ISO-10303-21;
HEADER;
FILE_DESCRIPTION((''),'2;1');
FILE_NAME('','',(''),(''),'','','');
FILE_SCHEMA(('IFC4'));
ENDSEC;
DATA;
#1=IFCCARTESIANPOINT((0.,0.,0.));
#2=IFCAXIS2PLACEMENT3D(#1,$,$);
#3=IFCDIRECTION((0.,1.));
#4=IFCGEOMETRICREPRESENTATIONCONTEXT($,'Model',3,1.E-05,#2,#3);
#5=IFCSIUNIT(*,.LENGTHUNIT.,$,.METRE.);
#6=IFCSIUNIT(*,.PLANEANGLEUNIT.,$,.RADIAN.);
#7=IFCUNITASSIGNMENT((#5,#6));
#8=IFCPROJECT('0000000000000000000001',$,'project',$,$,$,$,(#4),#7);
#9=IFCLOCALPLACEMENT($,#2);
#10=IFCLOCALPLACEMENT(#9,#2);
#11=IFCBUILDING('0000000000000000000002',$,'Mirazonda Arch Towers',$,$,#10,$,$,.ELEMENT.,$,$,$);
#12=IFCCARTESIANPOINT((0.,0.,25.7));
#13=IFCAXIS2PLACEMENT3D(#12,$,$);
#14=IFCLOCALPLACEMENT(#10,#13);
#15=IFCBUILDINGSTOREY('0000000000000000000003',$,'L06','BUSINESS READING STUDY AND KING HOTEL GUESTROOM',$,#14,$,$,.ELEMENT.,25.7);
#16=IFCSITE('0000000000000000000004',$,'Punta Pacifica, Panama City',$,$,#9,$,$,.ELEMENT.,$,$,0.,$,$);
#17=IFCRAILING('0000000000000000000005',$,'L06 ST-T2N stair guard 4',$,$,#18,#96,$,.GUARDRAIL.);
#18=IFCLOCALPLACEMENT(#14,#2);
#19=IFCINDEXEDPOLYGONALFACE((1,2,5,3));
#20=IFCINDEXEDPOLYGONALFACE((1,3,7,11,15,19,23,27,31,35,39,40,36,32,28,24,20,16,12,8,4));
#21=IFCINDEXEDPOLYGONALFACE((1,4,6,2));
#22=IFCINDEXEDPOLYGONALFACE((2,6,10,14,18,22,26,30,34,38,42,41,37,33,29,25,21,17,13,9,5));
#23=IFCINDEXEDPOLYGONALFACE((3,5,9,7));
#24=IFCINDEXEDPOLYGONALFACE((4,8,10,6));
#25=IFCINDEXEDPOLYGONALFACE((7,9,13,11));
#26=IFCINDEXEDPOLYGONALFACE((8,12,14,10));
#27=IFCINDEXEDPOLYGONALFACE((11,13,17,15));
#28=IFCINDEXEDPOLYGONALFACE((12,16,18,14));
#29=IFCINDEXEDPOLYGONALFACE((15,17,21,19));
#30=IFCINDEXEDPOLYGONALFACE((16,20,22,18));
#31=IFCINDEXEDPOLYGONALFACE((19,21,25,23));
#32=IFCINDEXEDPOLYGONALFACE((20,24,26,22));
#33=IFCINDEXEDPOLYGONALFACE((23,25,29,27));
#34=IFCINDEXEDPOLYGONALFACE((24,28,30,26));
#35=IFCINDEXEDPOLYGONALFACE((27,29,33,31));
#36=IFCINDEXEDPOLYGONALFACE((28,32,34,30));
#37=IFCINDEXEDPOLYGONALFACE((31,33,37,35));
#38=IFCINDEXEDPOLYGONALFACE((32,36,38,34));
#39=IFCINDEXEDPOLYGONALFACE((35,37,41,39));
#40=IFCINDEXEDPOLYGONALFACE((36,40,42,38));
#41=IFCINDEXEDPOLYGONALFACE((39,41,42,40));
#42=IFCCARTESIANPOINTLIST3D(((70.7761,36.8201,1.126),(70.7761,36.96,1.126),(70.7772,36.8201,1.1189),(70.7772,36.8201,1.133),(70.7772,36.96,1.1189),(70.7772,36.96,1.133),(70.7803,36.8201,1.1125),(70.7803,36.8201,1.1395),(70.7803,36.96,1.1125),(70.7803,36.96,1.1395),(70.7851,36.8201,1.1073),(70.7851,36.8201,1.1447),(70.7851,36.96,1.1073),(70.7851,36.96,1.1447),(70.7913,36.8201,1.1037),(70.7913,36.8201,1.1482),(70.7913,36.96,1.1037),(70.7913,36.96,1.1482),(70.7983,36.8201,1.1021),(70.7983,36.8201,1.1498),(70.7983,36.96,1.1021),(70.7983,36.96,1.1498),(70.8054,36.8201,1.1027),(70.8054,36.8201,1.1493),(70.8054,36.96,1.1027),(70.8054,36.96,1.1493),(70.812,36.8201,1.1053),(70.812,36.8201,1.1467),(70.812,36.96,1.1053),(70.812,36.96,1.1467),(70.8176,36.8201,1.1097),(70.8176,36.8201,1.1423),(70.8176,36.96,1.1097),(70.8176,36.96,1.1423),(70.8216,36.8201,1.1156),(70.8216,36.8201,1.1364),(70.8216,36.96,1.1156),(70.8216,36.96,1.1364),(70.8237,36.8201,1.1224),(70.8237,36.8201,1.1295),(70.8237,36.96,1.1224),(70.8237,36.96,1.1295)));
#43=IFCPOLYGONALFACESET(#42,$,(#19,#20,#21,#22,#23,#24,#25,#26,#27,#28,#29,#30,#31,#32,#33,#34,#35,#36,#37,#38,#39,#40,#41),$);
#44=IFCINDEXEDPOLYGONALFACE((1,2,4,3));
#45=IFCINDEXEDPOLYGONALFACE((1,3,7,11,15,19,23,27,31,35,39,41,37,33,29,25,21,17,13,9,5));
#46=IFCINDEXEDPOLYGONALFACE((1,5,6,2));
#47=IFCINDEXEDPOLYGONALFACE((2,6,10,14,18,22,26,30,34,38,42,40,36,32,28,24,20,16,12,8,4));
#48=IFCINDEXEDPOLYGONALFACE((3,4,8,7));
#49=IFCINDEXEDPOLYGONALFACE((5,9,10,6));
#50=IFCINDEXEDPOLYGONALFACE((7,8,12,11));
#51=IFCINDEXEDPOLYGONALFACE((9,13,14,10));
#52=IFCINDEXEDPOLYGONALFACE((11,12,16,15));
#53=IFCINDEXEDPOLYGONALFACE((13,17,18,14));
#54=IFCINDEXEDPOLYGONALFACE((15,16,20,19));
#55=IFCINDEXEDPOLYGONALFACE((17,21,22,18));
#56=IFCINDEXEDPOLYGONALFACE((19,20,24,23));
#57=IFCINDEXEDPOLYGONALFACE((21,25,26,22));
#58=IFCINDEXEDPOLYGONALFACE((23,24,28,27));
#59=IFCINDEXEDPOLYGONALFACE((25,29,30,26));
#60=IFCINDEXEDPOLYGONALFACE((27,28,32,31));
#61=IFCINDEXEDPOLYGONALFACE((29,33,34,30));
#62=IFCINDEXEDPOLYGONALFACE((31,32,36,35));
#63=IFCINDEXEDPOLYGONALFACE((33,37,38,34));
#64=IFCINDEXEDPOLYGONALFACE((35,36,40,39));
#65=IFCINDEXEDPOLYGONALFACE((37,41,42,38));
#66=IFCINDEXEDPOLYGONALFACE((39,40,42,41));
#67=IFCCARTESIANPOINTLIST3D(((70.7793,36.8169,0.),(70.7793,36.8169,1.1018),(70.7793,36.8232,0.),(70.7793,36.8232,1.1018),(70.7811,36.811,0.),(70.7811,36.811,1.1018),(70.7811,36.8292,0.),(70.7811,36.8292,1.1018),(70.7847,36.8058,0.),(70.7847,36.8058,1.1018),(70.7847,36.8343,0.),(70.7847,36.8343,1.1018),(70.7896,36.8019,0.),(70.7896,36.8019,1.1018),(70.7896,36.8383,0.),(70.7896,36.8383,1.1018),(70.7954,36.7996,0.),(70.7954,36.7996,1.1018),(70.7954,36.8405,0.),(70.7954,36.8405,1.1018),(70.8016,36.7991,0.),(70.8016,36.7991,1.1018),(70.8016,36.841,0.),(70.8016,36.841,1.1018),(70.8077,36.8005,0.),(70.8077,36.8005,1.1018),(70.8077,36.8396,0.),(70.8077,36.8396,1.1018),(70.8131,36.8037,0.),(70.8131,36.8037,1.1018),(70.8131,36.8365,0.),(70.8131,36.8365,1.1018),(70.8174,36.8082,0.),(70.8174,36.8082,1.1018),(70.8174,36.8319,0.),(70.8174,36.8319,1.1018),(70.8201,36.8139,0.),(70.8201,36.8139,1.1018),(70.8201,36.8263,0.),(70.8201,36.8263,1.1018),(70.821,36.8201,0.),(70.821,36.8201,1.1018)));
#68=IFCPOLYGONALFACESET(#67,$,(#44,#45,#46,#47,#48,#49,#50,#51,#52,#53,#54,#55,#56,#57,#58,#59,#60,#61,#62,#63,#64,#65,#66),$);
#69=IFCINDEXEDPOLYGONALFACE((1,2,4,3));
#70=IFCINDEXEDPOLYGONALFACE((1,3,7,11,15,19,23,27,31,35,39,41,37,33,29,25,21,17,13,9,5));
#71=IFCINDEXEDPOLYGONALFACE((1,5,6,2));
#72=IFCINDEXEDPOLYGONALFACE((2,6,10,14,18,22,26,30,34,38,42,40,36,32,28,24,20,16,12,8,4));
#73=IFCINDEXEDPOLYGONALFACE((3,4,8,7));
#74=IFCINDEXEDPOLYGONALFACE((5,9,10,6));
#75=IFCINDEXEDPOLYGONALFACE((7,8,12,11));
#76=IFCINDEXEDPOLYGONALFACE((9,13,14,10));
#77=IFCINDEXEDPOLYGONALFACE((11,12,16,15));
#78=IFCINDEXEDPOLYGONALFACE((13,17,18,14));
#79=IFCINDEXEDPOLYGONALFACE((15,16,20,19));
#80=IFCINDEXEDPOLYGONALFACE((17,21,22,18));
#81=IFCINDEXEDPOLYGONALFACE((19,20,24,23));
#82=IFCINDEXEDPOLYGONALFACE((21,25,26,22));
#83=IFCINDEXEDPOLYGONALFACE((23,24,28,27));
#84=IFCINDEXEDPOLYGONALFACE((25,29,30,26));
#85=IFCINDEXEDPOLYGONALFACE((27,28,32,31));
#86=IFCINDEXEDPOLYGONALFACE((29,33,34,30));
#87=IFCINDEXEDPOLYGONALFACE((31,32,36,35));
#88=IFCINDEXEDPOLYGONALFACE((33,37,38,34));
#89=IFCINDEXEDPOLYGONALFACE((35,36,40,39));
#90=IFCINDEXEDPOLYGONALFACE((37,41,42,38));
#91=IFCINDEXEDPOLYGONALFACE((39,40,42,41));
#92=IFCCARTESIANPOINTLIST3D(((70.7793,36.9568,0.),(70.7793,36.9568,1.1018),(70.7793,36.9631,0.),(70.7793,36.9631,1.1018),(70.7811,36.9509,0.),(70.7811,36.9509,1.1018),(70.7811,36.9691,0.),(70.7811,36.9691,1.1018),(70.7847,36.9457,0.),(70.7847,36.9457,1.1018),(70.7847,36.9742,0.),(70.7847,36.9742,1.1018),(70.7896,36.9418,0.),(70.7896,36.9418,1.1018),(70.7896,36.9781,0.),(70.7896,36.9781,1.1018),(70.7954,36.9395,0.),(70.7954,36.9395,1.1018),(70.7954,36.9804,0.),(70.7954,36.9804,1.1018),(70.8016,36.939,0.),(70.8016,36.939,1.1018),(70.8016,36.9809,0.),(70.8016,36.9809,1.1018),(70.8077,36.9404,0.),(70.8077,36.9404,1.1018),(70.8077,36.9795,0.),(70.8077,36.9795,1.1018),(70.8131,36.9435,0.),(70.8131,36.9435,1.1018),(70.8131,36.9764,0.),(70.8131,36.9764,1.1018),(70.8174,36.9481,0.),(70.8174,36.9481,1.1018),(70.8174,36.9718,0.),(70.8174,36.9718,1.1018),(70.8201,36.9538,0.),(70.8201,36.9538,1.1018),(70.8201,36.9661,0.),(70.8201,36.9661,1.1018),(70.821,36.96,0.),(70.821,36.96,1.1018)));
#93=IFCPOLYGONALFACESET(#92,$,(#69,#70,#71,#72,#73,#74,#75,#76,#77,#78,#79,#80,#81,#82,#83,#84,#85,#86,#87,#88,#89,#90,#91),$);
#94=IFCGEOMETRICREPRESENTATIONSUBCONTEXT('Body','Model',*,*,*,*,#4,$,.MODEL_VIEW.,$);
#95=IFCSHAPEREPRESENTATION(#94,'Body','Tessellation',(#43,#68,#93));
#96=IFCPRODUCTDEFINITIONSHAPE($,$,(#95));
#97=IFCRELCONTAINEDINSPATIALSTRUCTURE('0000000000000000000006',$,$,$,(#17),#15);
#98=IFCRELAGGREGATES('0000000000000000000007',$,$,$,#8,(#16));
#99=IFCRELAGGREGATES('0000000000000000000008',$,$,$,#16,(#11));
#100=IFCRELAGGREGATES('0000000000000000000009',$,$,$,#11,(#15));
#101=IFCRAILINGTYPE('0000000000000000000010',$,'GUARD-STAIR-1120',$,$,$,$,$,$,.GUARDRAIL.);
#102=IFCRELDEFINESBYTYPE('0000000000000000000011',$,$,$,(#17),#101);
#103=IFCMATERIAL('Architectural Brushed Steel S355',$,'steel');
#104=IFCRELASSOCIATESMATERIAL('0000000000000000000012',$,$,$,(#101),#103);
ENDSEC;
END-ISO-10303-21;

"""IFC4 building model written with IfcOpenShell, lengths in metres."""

from ifc_helpers import new_model, si_unit, direction, frame, origin, origin_2d, place, context, subcontext, project, spatial, circle, extrude, material, type_object, element, save


model = new_model("IFC4")

# Units and contexts
model_context = context("Model", 3, precision=1e-05, world=origin(), true_north=direction((0.0, 1.0)))
body_context = subcontext(model_context, "Body", "Model", "MODEL_VIEW")
ifc_project = project(units=[si_unit("LENGTHUNIT", "METRE"), si_unit("PLANEANGLEUNIT", "RADIAN")], contexts=[model_context])

# Site, building, storey
site_placement = place(None, origin())
site = spatial("IfcSite", under=ifc_project, at=site_placement, Name="Punta Pacifica, Panama City", CompositionType="ELEMENT", RefElevation=0.0)
building_placement = place(site_placement, origin())
building = spatial("IfcBuilding", under=site, at=building_placement, Name="Mirazonda Arch Towers", CompositionType="ELEMENT")
storey_placement = place(building_placement, frame((0.0, 0.0, 25.7)))
storey = spatial("IfcBuildingStorey", under=building, at=storey_placement, Name="L06", Description="BUSINESS READING STUDY AND KING HOTEL GUESTROOM", CompositionType="ELEMENT", Elevation=25.7)

# Railing
ifc_material_1 = material(Name="Architectural Brushed Steel S355", Category="steel")
railing_type = type_object("IfcRailingType", Name="GUARD-STAIR-1120", PredefinedType="GUARDRAIL", material=ifc_material_1)
railing_1_placement = place(storey_placement, frame((70.8, 36.8201, 0.0)))
element("IfcRailing", 1, at=railing_1_placement, inside=storey, type_object=railing_type, Name="L06 ST-T2N stair guard 4", PredefinedType="GUARDRAIL", context=body_context, shape_type="SweptSolid", body=[
    extrude(circle(Radius=0.0239, at=origin_2d()), frame((0.0, 0.0, 1.126), z_axis=(0.0, 1.0, 0.0), x_axis=(-1.0, 0.0, 0.0)), (0.0, 0.0, 1.0), 0.1399),
    extrude(circle(Radius=0.021, at=origin_2d()), origin(), (0.0, 0.0, 1.0), 1.1018),
    extrude(circle(Radius=0.021, at=origin_2d()), frame((0.0, 0.1399, 0.0)), (0.0, 0.0, 1.0), 1.1018),
])

save(model, "model.ifc")
